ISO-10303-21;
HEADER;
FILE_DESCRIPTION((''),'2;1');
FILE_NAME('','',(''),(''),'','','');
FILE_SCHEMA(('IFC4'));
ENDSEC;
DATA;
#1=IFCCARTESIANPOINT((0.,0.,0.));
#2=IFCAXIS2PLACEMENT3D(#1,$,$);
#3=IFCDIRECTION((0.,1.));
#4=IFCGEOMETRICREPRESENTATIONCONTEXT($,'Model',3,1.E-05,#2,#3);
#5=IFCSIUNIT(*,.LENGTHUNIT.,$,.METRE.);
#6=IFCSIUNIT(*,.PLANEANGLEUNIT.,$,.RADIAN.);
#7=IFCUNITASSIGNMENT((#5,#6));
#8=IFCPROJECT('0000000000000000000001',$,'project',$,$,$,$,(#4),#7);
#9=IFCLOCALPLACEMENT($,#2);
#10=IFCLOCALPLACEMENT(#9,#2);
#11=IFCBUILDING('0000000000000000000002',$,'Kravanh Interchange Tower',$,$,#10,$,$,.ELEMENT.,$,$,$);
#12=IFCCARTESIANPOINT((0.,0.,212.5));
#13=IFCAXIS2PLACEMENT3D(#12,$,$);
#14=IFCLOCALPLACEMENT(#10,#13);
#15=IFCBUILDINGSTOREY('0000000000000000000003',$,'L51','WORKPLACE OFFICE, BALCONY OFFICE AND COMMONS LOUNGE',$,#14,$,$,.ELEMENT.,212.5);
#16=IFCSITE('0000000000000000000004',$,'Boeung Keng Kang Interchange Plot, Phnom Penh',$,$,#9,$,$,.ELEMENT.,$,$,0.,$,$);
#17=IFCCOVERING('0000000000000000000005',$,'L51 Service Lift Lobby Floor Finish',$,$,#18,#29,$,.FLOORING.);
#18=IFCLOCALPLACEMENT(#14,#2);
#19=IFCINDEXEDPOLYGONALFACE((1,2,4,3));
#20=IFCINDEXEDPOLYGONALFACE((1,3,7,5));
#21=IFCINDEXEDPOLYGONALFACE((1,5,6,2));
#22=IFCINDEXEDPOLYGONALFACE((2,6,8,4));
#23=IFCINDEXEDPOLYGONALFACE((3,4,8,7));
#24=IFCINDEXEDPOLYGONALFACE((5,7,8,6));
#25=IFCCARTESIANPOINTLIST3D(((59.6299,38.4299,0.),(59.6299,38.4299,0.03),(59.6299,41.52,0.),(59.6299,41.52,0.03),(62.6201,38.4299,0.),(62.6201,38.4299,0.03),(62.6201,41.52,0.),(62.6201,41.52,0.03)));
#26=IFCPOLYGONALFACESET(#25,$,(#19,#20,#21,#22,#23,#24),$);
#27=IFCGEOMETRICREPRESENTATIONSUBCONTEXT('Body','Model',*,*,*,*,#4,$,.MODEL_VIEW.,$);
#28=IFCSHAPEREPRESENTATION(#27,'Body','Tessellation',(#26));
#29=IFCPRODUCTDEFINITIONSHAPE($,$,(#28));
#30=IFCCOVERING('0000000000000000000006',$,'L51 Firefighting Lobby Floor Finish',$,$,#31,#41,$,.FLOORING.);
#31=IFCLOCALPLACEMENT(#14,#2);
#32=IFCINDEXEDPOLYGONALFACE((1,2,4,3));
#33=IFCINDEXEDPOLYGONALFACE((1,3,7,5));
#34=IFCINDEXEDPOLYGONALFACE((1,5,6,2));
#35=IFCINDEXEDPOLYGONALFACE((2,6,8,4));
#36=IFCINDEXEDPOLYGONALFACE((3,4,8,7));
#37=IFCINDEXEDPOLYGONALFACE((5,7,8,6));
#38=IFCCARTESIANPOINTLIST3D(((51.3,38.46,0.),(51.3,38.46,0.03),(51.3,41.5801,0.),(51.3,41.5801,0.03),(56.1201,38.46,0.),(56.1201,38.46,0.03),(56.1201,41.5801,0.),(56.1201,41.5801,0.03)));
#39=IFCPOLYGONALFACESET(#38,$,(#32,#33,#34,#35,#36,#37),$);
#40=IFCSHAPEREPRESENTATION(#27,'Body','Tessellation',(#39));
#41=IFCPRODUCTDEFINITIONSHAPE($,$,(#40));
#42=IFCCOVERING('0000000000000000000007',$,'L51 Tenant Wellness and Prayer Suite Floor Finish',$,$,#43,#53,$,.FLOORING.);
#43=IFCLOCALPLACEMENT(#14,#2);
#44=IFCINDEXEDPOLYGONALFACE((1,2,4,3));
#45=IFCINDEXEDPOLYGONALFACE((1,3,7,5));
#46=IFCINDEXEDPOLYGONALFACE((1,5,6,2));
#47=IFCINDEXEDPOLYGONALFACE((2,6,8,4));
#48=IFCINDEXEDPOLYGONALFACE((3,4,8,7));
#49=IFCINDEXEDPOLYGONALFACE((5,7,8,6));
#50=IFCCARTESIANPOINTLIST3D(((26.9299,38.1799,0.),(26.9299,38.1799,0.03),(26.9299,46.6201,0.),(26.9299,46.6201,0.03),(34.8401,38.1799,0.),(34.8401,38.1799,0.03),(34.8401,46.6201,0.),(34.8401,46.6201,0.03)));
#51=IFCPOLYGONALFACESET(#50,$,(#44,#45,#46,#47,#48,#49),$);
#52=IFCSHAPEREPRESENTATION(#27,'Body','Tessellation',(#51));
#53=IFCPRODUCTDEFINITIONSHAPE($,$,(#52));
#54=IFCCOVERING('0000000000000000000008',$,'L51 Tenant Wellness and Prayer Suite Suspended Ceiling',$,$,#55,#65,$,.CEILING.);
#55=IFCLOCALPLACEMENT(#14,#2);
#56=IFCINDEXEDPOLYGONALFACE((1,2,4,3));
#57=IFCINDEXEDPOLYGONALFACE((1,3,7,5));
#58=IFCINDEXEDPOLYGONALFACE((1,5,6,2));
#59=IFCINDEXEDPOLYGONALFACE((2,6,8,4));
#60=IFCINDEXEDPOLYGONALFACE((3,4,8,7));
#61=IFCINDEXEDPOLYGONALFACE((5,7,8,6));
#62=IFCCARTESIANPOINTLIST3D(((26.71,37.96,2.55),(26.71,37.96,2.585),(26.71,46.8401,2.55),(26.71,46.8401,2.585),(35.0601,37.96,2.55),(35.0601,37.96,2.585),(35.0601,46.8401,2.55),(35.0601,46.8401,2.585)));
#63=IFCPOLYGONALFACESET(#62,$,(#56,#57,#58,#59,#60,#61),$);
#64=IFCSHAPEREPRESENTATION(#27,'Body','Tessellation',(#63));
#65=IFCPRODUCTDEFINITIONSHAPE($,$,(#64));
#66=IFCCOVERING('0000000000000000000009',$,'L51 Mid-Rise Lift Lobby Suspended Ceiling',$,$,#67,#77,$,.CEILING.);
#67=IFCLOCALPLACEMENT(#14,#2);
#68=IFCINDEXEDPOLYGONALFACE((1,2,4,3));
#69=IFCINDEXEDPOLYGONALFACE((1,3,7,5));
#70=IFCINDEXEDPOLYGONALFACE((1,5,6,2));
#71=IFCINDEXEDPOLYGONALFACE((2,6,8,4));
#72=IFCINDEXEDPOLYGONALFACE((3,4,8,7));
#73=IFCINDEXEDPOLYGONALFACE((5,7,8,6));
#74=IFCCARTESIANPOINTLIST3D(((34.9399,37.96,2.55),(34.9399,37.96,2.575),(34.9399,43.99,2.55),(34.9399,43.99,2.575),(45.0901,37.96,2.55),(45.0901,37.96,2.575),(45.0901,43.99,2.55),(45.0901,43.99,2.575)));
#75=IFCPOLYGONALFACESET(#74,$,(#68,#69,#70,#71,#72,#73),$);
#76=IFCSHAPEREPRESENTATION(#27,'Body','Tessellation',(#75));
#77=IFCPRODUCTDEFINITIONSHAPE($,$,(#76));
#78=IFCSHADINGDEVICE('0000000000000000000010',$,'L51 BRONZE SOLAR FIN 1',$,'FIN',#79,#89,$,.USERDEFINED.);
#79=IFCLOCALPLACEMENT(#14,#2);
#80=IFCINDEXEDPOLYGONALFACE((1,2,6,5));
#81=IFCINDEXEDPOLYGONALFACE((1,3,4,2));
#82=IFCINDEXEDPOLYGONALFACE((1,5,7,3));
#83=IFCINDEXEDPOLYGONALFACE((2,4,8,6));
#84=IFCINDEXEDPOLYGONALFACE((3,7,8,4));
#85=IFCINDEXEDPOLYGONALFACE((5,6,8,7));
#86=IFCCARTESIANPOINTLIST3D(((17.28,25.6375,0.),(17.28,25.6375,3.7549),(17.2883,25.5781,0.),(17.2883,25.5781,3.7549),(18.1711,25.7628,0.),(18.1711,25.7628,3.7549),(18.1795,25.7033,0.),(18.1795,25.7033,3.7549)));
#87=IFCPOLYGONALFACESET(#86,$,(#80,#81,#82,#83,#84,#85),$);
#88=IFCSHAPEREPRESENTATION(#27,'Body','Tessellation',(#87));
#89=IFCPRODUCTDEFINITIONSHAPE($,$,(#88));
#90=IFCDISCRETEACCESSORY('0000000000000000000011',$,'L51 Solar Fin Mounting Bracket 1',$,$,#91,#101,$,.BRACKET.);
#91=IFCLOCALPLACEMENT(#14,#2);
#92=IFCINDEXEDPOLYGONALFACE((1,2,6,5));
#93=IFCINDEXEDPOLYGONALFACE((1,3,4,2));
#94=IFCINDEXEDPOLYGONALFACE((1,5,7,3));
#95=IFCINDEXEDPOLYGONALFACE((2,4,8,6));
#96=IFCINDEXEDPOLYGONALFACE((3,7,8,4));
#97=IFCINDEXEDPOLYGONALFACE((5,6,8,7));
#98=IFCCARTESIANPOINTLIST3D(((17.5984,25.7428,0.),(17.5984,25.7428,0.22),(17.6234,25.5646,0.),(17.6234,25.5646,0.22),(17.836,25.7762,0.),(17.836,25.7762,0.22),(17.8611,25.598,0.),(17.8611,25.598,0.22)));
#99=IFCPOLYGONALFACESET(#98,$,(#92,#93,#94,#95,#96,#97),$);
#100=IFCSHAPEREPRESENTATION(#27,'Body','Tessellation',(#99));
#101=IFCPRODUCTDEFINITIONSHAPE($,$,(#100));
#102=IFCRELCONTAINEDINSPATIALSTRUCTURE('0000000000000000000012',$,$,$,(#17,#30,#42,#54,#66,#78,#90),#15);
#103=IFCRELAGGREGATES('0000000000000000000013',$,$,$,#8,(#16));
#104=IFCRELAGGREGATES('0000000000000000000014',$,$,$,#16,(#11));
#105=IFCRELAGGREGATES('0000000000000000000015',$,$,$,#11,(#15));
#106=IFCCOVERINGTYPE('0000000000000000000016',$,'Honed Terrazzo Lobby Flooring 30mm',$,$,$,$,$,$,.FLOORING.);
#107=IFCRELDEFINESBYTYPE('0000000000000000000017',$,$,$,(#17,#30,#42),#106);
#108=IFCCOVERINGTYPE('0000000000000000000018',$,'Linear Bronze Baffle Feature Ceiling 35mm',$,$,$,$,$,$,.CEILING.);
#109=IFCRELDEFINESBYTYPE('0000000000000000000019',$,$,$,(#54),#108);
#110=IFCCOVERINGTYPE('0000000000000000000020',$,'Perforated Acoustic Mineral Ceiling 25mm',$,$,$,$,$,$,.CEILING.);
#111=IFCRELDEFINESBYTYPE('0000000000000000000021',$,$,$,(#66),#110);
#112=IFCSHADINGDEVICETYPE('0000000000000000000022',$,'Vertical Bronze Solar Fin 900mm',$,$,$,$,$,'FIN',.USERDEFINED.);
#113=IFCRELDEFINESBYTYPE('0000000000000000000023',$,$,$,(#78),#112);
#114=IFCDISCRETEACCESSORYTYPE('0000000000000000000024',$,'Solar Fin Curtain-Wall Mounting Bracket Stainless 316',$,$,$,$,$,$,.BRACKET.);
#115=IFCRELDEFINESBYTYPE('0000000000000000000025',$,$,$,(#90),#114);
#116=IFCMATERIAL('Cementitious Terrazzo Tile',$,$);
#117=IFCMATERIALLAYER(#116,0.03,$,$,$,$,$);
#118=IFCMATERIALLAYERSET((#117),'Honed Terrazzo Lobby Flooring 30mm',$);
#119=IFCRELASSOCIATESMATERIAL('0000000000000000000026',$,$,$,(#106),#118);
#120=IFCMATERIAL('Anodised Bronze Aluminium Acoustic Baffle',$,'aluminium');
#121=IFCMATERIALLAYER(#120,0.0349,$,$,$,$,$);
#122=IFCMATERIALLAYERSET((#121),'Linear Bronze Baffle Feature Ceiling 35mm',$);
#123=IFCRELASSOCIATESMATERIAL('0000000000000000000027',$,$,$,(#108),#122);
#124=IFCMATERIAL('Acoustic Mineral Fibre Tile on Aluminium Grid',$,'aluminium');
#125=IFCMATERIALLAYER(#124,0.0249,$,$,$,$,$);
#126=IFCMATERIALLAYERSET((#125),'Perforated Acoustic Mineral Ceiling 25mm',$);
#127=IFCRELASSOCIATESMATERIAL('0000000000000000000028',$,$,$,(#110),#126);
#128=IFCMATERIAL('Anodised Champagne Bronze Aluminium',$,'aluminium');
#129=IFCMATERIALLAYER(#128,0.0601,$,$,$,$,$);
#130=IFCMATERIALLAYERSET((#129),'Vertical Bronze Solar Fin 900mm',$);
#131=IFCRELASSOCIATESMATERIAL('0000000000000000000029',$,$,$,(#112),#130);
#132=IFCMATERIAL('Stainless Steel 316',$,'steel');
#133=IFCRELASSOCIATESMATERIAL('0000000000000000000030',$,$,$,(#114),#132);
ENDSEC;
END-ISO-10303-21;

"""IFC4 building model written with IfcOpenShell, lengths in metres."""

from ifc_helpers import new_model, si_unit, direction, frame, origin, origin_2d, place, context, subcontext, project, spatial, polyline, rectangle, outline, extrude, material, layer, layer_set, type_object, element, save


model = new_model("IFC4")

# Units and contexts
model_context = context("Model", 3, precision=1e-05, world=origin(), true_north=direction((0.0, 1.0)))
body_context = subcontext(model_context, "Body", "Model", "MODEL_VIEW")
ifc_project = project(units=[si_unit("LENGTHUNIT", "METRE"), si_unit("PLANEANGLEUNIT", "RADIAN")], contexts=[model_context])

# Site, building, storey
site_placement = place(None, origin())
site = spatial("IfcSite", under=ifc_project, at=site_placement, Name="Boeung Keng Kang Interchange Plot, Phnom Penh", CompositionType="ELEMENT", RefElevation=0.0)
building_placement = place(site_placement, origin())
building = spatial("IfcBuilding", under=site, at=building_placement, Name="Kravanh Interchange Tower", CompositionType="ELEMENT")
storey_placement = place(building_placement, frame((0.0, 0.0, 212.5)))
storey = spatial("IfcBuildingStorey", under=building, at=storey_placement, Name="L51", Description="WORKPLACE OFFICE, BALCONY OFFICE AND COMMONS LOUNGE", CompositionType="ELEMENT", Elevation=212.5)

# Coverings
ifc_material_1 = material(Name="Cementitious Terrazzo Tile")
ifc_layer_1 = layer(ifc_material_1, 0.03)
ifc_layer_set_1 = layer_set([ifc_layer_1], Name="Honed Terrazzo Lobby Flooring 30mm")
covering_type_1 = type_object("IfcCoveringType", Name="Honed Terrazzo Lobby Flooring 30mm", PredefinedType="FLOORING", material=ifc_layer_set_1)
covering_1_placement = place(storey_placement, origin())
element("IfcCovering", 1, at=covering_1_placement, inside=storey, type_object=covering_type_1, Name="L51 Service Lift Lobby Floor Finish", PredefinedType="FLOORING", context=body_context, shape_type="SweptSolid", body=[
    extrude(outline(polyline([(59.6299, 41.52), (62.6201, 41.52), (62.6201, 38.4299), (59.6299, 38.4299), (59.6299, 41.52)])), origin(), (0.0, 0.0, 1.0), 0.03),
])
covering_2_placement = place(storey_placement, origin())
element("IfcCovering", 2, at=covering_2_placement, inside=storey, type_object=covering_type_1, Name="L51 Firefighting Lobby Floor Finish", PredefinedType="FLOORING", context=body_context, shape_type="SweptSolid", body=[
    extrude(outline(polyline([(56.1201, 38.46), (51.3, 38.46), (51.3, 41.5801), (56.1201, 41.5801), (56.1201, 38.46)])), origin(), (0.0, 0.0, 1.0), 0.03),
])
covering_3_placement = place(storey_placement, origin())
element("IfcCovering", 3, at=covering_3_placement, inside=storey, type_object=covering_type_1, Name="L51 Tenant Wellness and Prayer Suite Floor Finish", PredefinedType="FLOORING", context=body_context, shape_type="SweptSolid", body=[
    extrude(outline(polyline([(26.9299, 46.6201), (34.8401, 46.6201), (34.8401, 38.1799), (26.9299, 38.1799), (26.9299, 46.6201)])), origin(), (0.0, 0.0, 1.0), 0.03),
])
ifc_material_2 = material(Name="Anodised Bronze Aluminium Acoustic Baffle", Category="aluminium")
ifc_layer_2 = layer(ifc_material_2, 0.0349)
ifc_layer_set_2 = layer_set([ifc_layer_2], Name="Linear Bronze Baffle Feature Ceiling 35mm")
covering_type_2 = type_object("IfcCoveringType", Name="Linear Bronze Baffle Feature Ceiling 35mm", PredefinedType="CEILING", material=ifc_layer_set_2)
covering_4_placement = place(storey_placement, frame((0.0, 0.0, 2.55)))
element("IfcCovering", 4, at=covering_4_placement, inside=storey, type_object=covering_type_2, Name="L51 Tenant Wellness and Prayer Suite Suspended Ceiling", PredefinedType="CEILING", context=body_context, shape_type="SweptSolid", body=[
    extrude(outline(polyline([(35.0601, 37.96), (26.71, 37.96), (26.71, 46.8401), (35.0601, 46.8401), (35.0601, 37.96)])), origin(), (0.0, 0.0, 1.0), 0.0349),
])
ifc_material_3 = material(Name="Acoustic Mineral Fibre Tile on Aluminium Grid", Category="aluminium")
ifc_layer_3 = layer(ifc_material_3, 0.0249)
ifc_layer_set_3 = layer_set([ifc_layer_3], Name="Perforated Acoustic Mineral Ceiling 25mm")
covering_type_3 = type_object("IfcCoveringType", Name="Perforated Acoustic Mineral Ceiling 25mm", PredefinedType="CEILING", material=ifc_layer_set_3)
covering_5_placement = place(storey_placement, frame((0.0, 0.0, 2.55)))
element("IfcCovering", 5, at=covering_5_placement, inside=storey, type_object=covering_type_3, Name="L51 Mid-Rise Lift Lobby Suspended Ceiling", PredefinedType="CEILING", context=body_context, shape_type="SweptSolid", body=[
    extrude(outline(polyline([(45.0901, 37.96), (34.9399, 37.96), (34.9399, 43.99), (45.0901, 43.99), (45.0901, 37.96)])), origin(), (0.0, 0.0, 1.0), 0.0249),
])

# Shading device
ifc_material_4 = material(Name="Anodised Champagne Bronze Aluminium", Category="aluminium")
ifc_layer_4 = layer(ifc_material_4, 0.0601)
ifc_layer_set_4 = layer_set([ifc_layer_4], Name="Vertical Bronze Solar Fin 900mm")
shading_device_type = type_object("IfcShadingDeviceType", Name="Vertical Bronze Solar Fin 900mm", ElementType="FIN", PredefinedType="USERDEFINED", material=ifc_layer_set_4)
shading_device_placement = place(storey_placement, frame((17.7297, 25.6704, 0.0), z_axis=(0.0, 0.0, 1.0), x_axis=(-0.990268, -0.139172, 0.0)))
element("IfcShadingDevice", 6, at=shading_device_placement, inside=storey, type_object=shading_device_type, Name="L51 BRONZE SOLAR FIN 1", ObjectType="FIN", PredefinedType="USERDEFINED", context=body_context, shape_type="SweptSolid", body=[
    extrude(rectangle(XDim=0.8999, YDim=0.0601, at=origin_2d()), origin(), (0.0, 0.0, 1.0), 3.7549),
])

# Discrete accessory
ifc_material_5 = material(Name="Stainless Steel 316", Category="steel")
discrete_accessory_type = type_object("IfcDiscreteAccessoryType", Name="Solar Fin Curtain-Wall Mounting Bracket Stainless 316", PredefinedType="BRACKET", material=ifc_material_5)
discrete_accessory_placement = place(storey_placement, frame((17.7297, 25.6704, 0.0), z_axis=(0.0, 0.0, 1.0), x_axis=(-0.990268, -0.139172, 0.0)))
element("IfcDiscreteAccessory", 7, at=discrete_accessory_placement, inside=storey, type_object=discrete_accessory_type, Name="L51 Solar Fin Mounting Bracket 1", PredefinedType="BRACKET", context=body_context, shape_type="SweptSolid", body=[
    extrude(rectangle(XDim=0.24, YDim=0.1799, at=origin_2d()), origin(), (0.0, 0.0, 1.0), 0.22),
])

save(model, "model.ifc")
